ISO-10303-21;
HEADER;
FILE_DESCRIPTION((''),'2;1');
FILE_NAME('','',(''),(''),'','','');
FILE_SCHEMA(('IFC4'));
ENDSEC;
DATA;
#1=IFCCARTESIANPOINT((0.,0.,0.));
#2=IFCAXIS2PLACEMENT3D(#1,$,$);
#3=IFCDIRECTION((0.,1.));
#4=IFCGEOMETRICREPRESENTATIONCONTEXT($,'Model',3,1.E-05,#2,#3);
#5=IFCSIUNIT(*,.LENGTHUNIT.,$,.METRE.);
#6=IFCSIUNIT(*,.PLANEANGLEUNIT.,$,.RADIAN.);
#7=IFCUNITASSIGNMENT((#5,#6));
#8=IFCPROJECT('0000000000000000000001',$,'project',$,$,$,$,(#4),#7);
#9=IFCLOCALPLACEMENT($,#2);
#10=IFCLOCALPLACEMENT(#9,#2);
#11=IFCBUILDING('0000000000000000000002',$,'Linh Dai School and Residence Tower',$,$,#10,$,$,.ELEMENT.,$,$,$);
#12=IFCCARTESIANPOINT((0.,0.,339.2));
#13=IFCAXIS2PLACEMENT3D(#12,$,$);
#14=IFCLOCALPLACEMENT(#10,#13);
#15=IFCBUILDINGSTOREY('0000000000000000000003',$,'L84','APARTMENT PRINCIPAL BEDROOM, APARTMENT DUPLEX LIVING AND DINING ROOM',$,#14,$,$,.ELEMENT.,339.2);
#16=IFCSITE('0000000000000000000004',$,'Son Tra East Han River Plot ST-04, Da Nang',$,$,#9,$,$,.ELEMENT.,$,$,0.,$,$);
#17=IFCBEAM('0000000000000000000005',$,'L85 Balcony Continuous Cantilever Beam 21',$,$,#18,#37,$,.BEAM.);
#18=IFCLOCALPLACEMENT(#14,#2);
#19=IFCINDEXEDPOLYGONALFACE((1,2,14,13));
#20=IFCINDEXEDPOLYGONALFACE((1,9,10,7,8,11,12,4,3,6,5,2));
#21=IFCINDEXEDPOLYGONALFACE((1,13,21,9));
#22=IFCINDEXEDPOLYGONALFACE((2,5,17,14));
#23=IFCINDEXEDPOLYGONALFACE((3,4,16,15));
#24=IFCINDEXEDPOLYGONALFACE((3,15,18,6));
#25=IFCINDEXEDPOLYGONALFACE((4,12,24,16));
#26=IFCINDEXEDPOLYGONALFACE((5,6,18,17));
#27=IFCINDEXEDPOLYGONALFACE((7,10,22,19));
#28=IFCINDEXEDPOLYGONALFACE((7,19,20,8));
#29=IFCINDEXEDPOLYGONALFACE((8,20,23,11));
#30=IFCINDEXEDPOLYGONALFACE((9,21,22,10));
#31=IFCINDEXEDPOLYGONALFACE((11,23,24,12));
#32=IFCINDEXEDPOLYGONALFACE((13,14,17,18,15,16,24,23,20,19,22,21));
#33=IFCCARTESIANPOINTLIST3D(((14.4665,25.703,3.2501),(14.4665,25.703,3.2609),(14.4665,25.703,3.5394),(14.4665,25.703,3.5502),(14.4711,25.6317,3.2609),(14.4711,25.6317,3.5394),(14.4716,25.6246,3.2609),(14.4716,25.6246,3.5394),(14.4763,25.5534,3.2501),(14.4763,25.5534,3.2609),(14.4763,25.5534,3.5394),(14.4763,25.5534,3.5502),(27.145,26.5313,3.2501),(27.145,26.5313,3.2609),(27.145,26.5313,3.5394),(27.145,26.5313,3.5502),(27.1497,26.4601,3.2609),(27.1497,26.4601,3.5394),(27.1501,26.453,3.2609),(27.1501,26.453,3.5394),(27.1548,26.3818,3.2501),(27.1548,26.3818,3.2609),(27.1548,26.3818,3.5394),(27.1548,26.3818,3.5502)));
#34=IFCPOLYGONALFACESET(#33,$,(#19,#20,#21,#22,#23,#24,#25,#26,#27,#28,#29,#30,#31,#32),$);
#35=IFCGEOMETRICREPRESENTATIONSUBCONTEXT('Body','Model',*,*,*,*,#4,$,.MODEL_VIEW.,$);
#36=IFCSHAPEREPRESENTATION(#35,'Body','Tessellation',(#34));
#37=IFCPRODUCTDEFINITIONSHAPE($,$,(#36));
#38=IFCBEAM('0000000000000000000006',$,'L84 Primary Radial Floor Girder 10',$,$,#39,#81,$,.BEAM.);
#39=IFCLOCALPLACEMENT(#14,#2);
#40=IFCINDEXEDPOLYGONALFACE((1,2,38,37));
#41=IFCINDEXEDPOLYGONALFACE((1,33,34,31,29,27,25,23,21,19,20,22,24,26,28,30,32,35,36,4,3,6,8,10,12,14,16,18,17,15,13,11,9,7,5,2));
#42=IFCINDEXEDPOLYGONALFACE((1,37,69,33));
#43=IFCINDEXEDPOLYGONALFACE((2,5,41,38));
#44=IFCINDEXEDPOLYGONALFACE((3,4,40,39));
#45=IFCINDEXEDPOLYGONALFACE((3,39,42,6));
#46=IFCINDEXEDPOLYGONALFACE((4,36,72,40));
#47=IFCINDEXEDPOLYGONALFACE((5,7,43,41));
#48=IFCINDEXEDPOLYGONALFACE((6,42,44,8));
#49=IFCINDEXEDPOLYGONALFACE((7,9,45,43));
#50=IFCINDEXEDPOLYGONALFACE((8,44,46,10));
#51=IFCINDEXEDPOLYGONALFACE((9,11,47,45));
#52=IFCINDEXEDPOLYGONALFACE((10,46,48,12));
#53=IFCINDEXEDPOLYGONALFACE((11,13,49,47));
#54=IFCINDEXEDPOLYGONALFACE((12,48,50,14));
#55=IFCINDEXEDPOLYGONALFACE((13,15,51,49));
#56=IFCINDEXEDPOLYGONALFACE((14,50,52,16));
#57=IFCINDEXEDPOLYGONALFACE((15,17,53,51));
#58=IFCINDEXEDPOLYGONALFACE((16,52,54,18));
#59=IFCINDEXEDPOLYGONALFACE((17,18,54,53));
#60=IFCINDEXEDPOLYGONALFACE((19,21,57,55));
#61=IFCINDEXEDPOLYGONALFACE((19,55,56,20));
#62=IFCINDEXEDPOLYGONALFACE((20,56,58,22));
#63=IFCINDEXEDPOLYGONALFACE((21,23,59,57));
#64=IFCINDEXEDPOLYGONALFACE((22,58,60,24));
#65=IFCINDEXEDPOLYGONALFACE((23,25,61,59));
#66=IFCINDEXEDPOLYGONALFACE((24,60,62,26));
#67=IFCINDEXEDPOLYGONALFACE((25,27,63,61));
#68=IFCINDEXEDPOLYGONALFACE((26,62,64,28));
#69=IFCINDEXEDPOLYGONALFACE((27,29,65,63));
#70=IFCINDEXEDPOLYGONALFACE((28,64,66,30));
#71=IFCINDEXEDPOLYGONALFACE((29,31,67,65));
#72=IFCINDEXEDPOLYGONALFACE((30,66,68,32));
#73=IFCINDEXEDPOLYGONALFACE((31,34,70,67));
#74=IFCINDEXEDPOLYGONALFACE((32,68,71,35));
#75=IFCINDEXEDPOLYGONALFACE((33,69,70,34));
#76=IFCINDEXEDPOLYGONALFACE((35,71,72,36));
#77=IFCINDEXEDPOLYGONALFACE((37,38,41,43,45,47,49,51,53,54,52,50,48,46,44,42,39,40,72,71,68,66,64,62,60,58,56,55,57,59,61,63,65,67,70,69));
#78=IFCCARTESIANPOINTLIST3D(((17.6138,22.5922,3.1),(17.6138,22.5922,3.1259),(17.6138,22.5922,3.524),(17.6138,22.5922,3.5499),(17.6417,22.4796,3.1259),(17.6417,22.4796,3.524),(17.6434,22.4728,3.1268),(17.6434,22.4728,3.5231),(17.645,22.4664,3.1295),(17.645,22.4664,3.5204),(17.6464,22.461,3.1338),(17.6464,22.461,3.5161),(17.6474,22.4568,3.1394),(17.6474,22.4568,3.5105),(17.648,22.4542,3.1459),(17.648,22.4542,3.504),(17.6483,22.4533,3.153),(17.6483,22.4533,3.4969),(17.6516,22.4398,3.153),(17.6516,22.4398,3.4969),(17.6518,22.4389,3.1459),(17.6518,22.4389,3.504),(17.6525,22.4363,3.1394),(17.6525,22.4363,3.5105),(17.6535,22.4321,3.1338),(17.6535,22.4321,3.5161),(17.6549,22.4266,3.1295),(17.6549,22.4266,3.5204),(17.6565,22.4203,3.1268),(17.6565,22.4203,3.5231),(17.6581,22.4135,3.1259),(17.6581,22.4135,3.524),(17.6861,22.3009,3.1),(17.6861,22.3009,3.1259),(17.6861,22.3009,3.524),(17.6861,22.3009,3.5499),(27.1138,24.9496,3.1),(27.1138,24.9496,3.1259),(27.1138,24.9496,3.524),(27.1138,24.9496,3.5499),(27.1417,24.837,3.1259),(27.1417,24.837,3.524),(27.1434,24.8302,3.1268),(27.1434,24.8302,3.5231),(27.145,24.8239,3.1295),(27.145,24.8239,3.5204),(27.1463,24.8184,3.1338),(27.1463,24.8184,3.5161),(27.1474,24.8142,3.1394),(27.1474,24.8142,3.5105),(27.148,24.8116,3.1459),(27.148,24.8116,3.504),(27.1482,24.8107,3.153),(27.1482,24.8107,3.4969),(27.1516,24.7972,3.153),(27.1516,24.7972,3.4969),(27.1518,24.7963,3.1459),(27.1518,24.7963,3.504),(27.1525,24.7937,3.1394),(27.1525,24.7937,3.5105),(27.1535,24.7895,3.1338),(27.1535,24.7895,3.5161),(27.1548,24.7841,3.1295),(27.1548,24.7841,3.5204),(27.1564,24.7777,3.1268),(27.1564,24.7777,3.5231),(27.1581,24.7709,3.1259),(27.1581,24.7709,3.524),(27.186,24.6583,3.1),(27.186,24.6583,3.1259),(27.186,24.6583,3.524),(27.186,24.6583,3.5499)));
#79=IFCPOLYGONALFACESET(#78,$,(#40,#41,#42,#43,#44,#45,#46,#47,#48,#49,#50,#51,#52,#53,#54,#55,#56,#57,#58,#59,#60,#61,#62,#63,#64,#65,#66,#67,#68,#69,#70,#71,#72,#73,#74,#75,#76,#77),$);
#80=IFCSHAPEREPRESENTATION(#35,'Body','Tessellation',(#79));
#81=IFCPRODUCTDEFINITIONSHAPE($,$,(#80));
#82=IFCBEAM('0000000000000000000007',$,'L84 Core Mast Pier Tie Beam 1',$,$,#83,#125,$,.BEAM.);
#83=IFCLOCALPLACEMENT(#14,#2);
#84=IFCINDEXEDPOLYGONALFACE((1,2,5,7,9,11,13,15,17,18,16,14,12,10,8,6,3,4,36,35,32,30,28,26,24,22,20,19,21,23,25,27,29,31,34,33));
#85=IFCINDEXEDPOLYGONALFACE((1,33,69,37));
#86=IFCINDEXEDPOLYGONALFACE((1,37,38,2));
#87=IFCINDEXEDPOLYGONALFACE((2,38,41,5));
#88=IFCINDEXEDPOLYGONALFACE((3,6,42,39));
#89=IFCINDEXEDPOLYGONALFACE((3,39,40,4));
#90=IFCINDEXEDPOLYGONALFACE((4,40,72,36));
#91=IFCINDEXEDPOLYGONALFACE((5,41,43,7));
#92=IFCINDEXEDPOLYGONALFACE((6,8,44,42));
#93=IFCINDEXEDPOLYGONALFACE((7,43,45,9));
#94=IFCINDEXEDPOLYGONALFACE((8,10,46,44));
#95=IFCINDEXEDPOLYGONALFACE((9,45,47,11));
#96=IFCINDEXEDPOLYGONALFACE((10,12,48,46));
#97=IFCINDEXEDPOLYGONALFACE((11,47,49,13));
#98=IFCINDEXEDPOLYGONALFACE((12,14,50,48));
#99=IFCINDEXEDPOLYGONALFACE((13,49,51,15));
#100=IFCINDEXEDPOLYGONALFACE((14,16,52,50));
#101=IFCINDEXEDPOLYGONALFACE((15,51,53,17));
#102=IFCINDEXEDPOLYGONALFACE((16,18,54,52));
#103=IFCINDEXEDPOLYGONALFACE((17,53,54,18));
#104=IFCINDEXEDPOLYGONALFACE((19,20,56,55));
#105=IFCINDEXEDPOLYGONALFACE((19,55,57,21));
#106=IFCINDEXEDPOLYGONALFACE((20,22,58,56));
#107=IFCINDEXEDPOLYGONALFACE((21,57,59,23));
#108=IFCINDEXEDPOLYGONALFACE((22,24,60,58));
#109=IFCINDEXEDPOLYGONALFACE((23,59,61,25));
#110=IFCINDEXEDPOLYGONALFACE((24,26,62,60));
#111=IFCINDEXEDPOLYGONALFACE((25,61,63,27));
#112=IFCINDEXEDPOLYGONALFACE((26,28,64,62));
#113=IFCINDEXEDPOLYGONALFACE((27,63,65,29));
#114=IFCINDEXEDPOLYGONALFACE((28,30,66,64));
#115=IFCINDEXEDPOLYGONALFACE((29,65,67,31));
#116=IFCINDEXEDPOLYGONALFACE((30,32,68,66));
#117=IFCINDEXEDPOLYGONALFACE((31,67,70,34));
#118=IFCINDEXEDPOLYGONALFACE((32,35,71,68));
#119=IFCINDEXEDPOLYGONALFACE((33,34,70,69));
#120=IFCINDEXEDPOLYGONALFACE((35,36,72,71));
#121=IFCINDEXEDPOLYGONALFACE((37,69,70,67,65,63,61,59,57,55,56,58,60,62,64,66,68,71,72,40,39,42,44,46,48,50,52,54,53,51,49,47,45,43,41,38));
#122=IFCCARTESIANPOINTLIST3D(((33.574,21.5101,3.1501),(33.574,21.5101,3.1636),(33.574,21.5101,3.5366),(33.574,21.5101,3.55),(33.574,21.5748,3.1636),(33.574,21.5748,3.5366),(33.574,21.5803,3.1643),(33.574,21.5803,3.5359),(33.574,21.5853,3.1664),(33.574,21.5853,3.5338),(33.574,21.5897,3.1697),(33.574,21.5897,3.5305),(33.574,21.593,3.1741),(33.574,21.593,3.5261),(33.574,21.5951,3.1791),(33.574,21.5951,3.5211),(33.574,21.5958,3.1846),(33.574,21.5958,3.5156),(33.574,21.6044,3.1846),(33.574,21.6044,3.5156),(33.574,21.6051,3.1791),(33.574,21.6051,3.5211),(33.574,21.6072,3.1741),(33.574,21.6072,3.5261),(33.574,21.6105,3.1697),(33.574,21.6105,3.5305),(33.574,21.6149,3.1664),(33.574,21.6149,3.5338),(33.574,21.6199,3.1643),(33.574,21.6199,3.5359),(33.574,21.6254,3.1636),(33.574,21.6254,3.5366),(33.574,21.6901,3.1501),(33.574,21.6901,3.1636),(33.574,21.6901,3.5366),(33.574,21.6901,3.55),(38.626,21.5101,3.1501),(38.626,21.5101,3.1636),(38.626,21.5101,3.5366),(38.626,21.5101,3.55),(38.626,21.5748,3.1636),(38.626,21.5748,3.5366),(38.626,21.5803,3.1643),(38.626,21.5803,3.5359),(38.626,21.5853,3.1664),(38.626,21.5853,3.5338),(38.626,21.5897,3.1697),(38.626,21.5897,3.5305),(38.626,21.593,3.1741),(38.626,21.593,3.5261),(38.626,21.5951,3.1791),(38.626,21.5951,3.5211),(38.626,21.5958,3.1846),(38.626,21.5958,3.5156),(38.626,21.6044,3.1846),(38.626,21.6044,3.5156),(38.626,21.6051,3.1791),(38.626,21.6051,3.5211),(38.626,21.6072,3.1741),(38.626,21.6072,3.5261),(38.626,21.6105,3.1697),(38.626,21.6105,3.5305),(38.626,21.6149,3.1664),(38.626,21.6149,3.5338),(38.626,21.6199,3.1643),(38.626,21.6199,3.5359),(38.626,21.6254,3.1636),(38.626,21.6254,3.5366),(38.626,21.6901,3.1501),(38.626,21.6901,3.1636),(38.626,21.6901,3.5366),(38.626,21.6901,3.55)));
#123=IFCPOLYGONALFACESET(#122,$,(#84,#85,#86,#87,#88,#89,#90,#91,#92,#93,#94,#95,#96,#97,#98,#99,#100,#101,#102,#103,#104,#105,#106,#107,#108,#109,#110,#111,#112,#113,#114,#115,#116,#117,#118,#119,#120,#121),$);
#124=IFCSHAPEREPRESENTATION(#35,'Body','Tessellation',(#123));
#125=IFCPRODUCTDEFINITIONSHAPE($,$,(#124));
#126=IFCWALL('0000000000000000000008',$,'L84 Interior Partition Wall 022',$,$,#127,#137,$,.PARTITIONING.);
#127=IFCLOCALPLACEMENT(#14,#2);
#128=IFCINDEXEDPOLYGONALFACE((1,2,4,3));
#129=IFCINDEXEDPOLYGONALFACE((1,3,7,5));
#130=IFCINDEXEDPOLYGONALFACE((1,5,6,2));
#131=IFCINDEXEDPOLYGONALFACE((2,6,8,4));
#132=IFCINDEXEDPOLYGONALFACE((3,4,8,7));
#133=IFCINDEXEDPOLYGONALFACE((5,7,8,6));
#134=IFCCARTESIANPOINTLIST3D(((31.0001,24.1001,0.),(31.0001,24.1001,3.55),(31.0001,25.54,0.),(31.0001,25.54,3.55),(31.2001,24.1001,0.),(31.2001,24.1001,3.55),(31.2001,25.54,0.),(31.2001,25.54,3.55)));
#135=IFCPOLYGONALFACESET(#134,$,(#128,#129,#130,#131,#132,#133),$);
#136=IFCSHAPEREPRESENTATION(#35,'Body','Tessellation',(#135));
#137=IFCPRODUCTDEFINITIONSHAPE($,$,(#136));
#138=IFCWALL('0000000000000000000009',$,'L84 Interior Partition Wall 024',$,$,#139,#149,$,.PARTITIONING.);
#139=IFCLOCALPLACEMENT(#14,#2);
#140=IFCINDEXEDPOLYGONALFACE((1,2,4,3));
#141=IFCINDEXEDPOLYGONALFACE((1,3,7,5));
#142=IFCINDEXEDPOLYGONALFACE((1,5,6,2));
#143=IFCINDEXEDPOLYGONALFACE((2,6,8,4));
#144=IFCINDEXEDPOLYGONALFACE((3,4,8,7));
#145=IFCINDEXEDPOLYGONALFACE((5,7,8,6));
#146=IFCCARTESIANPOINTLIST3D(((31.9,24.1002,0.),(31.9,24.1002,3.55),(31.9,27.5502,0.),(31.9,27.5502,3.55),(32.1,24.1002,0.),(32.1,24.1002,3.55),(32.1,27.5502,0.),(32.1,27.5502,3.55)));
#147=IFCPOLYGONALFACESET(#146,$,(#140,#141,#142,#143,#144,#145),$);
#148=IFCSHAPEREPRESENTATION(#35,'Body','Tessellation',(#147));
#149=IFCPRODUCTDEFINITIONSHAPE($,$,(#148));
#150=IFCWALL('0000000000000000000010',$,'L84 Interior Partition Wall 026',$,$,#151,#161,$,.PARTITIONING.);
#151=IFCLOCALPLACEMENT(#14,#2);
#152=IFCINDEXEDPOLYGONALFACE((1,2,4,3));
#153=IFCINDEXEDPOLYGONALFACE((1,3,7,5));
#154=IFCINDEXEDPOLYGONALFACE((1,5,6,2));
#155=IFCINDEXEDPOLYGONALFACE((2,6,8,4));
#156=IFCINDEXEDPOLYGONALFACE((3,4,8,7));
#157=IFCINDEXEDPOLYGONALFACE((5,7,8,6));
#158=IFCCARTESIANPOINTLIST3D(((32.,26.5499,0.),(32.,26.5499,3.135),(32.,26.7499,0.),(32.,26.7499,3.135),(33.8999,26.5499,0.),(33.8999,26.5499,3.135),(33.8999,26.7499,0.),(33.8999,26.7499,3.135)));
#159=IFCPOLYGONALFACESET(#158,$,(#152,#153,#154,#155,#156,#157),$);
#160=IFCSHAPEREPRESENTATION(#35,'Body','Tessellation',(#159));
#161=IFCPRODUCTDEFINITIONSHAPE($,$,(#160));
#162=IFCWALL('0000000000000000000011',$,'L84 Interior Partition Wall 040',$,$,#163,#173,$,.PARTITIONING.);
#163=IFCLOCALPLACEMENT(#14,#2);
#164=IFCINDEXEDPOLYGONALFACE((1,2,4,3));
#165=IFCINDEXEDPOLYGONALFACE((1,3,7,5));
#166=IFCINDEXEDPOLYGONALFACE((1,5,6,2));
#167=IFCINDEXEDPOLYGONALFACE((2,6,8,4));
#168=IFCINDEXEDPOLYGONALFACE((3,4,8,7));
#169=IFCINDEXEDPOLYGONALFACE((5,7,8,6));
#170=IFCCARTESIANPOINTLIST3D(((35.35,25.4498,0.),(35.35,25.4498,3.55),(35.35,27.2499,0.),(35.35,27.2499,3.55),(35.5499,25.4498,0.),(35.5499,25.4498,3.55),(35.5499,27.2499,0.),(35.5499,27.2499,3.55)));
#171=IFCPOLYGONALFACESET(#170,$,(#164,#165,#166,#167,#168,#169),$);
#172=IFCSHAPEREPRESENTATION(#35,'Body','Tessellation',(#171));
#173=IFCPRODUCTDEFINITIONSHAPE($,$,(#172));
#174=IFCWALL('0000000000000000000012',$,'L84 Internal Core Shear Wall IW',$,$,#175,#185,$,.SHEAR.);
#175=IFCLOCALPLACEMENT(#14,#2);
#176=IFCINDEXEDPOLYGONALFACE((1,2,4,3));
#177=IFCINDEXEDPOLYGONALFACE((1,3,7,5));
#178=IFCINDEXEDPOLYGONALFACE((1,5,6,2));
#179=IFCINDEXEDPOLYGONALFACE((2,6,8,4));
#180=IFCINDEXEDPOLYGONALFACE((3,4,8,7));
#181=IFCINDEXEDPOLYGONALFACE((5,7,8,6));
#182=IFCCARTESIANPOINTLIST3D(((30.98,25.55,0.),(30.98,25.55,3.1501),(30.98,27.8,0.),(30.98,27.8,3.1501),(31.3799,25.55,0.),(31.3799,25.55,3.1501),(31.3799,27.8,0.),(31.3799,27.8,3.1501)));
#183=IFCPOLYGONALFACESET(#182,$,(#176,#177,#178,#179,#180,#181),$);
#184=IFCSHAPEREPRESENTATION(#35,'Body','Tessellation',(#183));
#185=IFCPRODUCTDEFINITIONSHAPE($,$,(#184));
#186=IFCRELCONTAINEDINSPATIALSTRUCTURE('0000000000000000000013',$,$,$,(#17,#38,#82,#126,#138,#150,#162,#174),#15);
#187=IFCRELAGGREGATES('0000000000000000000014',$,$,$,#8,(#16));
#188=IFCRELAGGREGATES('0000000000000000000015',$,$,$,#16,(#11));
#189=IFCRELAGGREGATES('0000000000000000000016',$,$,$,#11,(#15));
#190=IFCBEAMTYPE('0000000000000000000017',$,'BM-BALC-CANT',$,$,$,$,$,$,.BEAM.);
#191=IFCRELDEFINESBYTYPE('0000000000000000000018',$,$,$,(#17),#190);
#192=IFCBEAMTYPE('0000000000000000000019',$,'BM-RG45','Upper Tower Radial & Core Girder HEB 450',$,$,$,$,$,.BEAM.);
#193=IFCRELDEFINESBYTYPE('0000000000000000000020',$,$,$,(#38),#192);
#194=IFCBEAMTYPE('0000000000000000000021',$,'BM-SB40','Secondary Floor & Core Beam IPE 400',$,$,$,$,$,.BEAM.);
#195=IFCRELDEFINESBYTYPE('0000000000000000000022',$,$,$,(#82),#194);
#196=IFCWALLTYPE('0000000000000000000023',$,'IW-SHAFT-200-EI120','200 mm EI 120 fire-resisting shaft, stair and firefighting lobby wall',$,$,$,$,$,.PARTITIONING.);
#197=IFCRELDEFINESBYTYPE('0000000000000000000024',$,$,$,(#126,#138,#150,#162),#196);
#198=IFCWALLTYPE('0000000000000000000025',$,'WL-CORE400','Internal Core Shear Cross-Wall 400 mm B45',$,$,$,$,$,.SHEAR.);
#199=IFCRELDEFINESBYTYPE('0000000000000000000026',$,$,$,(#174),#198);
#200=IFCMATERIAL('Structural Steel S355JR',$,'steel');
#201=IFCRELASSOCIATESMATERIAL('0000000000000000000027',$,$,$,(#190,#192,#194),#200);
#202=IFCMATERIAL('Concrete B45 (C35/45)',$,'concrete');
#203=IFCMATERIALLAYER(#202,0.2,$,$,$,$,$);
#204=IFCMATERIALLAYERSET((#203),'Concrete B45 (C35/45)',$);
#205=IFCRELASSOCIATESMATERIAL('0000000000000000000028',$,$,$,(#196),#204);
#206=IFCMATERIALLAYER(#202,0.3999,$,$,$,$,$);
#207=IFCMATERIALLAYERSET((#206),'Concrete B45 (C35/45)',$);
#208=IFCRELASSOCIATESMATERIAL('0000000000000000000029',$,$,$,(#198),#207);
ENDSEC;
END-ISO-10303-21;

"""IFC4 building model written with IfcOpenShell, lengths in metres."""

from ifc_helpers import new_model, si_unit, direction, frame, frame_2d, origin, origin_2d, place, context, subcontext, project, spatial, rectangle, i_section, extrude, material, layer, layer_set, material_profile, profile_set, type_object, element, save


model = new_model("IFC4")

# Units and contexts
model_context = context("Model", 3, precision=1e-05, world=origin(), true_north=direction((0.0, 1.0)))
body_context = subcontext(model_context, "Body", "Model", "MODEL_VIEW")
ifc_project = project(units=[si_unit("LENGTHUNIT", "METRE"), si_unit("PLANEANGLEUNIT", "RADIAN")], contexts=[model_context])

# Site, building, storey
site_placement = place(None, origin())
site = spatial("IfcSite", under=ifc_project, at=site_placement, Name="Son Tra East Han River Plot ST-04, Da Nang", CompositionType="ELEMENT", RefElevation=0.0)
building_placement = place(site_placement, origin())
building = spatial("IfcBuilding", under=site, at=building_placement, Name="Linh Dai School and Residence Tower", CompositionType="ELEMENT")
storey_placement = place(building_placement, frame((0.0, 0.0, 339.2)))
storey = spatial("IfcBuildingStorey", under=building, at=storey_placement, Name="L84", Description="APARTMENT PRINCIPAL BEDROOM, APARTMENT DUPLEX LIVING AND DINING ROOM", CompositionType="ELEMENT", Elevation=339.2)

# Beams
ifc_material_1 = material(Name="Structural Steel S355JR", Category="steel")
ifc_material_profile_1 = material_profile(ifc_material_1, i_section(OverallWidth=0.1499, OverallDepth=0.3, WebThickness=0.0071, FlangeThickness=0.0107, at=origin_2d()), Name="IPE 300")
ifc_profile_set_1 = profile_set([ifc_material_profile_1], Name="Structural Steel S355JR")
beam_type_1 = type_object("IfcBeamType", Name="BM-BALC-CANT", PredefinedType="BEAM", material=ifc_profile_set_1)
beam_1_placement = place(storey_placement, frame((27.1499, 26.4565, 3.4001), z_axis=(-0.997872, -0.065198, 0.0), x_axis=(0.065198, -0.997872, 0.0)))
element("IfcBeam", 1, at=beam_1_placement, inside=storey, type_object=beam_type_1, Name="L85 Balcony Continuous Cantilever Beam 21", PredefinedType="BEAM", context=body_context, shape_type="SweptSolid", body=[
    extrude(i_section(OverallWidth=0.1499, OverallDepth=0.3, WebThickness=0.0071, FlangeThickness=0.0107, at=origin_2d()), origin(), (0.0, 0.0, 1.0), 12.7056),
])
ifc_material_profile_2 = material_profile(ifc_material_1, i_section(OverallWidth=0.3, OverallDepth=0.45, WebThickness=0.0139, FlangeThickness=0.0259, FilletRadius=0.0271, at=origin_2d()), Name="HEB 450")
ifc_profile_set_2 = profile_set([ifc_material_profile_2], Name="Structural Steel S355JR")
beam_type_2 = type_object("IfcBeamType", Name="BM-RG45", Description="Upper Tower Radial & Core Girder HEB 450", PredefinedType="BEAM", material=ifc_profile_set_2)
beam_2_placement = place(storey_placement, frame((27.1499, 24.804, 3.325), z_axis=(-0.970564, -0.240845, 0.0), x_axis=(0.240845, -0.970564, 0.0)))
element("IfcBeam", 2, at=beam_2_placement, inside=storey, type_object=beam_type_2, Name="L84 Primary Radial Floor Girder 10", PredefinedType="BEAM", context=body_context, shape_type="SweptSolid", body=[
    extrude(i_section(OverallWidth=0.3, OverallDepth=0.45, WebThickness=0.0139, FlangeThickness=0.0259, FilletRadius=0.0271, at=origin_2d()), origin(), (0.0, 0.0, 1.0), 9.7881),
])
ifc_material_profile_3 = material_profile(ifc_material_1, i_section(OverallWidth=0.1799, OverallDepth=0.3999, WebThickness=0.0085, FlangeThickness=0.0134, FilletRadius=0.021, at=origin_2d()), Name="IPE 400")
ifc_profile_set_3 = profile_set([ifc_material_profile_3], Name="Structural Steel S355JR")
beam_type_3 = type_object("IfcBeamType", Name="BM-SB40", Description="Secondary Floor & Core Beam IPE 400", PredefinedType="BEAM", material=ifc_profile_set_3)
beam_3_placement = place(storey_placement, frame((33.574, 21.6001, 3.3501), z_axis=(1.0, 0.0, 0.0), x_axis=(0.0, 1.0, 0.0)))
element("IfcBeam", 3, at=beam_3_placement, inside=storey, type_object=beam_type_3, Name="L84 Core Mast Pier Tie Beam 1", PredefinedType="BEAM", context=body_context, shape_type="SweptSolid", body=[
    extrude(i_section(OverallWidth=0.1799, OverallDepth=0.3999, WebThickness=0.0085, FlangeThickness=0.0134, FilletRadius=0.021, at=origin_2d()), origin(), (0.0, 0.0, 1.0), 5.052),
])

# Shared definitions
ifc_material_2 = material(Name="Concrete B45 (C35/45)", Category="concrete")
ifc_layer_1 = layer(ifc_material_2, 0.2)
ifc_layer_set_1 = layer_set([ifc_layer_1], Name="Concrete B45 (C35/45)")
wall_type_1 = type_object("IfcWallType", Name="IW-SHAFT-200-EI120", Description="200 mm EI 120 fire-resisting shaft, stair and firefighting lobby wall", PredefinedType="PARTITIONING", material=ifc_layer_set_1)

# Walls
wall_1_placement = place(storey_placement, frame((31.1001, 24.1001, 0.0), z_axis=(0.0, 0.0, 1.0), x_axis=(0.0, 1.0, 0.0)))
element("IfcWall", 4, at=wall_1_placement, inside=storey, type_object=wall_type_1, Name="L84 Interior Partition Wall 022", PredefinedType="PARTITIONING", context=body_context, shape_type="SweptSolid", body=[
    extrude(rectangle(XDim=1.4399, YDim=0.2, at=frame_2d((0.72, 0.0))), origin(), (0.0, 0.0, 1.0), 3.55),
])
wall_2_placement = place(storey_placement, frame((32.0, 24.1001, 0.0), z_axis=(0.0, 0.0, 1.0), x_axis=(0.0, 1.0, 0.0)))
element("IfcWall", 5, at=wall_2_placement, inside=storey, type_object=wall_type_1, Name="L84 Interior Partition Wall 024", PredefinedType="PARTITIONING", context=body_context, shape_type="SweptSolid", body=[
    extrude(rectangle(XDim=3.45, YDim=0.2, at=frame_2d((1.7251, 0.0))), origin(), (0.0, 0.0, 1.0), 3.55),
])

# Walls
wall_3_placement = place(storey_placement, frame((32.0, 26.6499, 0.0), z_axis=(0.0, 0.0, 1.0), x_axis=(1.0, 0.0, 0.0)))
element("IfcWall", 6, at=wall_3_placement, inside=storey, type_object=wall_type_1, Name="L84 Interior Partition Wall 026", PredefinedType="PARTITIONING", context=body_context, shape_type="SweptSolid", body=[
    extrude(rectangle(XDim=1.8999, YDim=0.2, at=frame_2d((0.95, 0.0))), origin(), (0.0, 0.0, 1.0), 3.135),
])
wall_4_placement = place(storey_placement, frame((35.45, 25.45, 0.0), z_axis=(0.0, 0.0, 1.0), x_axis=(0.0, 1.0, 0.0)))
element("IfcWall", 7, at=wall_4_placement, inside=storey, type_object=wall_type_1, Name="L84 Interior Partition Wall 040", PredefinedType="PARTITIONING", context=body_context, shape_type="SweptSolid", body=[
    extrude(rectangle(XDim=1.8, YDim=0.2, at=frame_2d((0.8999, 0.0))), origin(), (0.0, 0.0, 1.0), 3.55),
])

# Wall
ifc_layer_2 = layer(ifc_material_2, 0.3999)
ifc_layer_set_2 = layer_set([ifc_layer_2], Name="Concrete B45 (C35/45)")
wall_type_2 = type_object("IfcWallType", Name="WL-CORE400", Description="Internal Core Shear Cross-Wall 400 mm B45", PredefinedType="SHEAR", material=ifc_layer_set_2)
wall_5_placement = place(storey_placement, frame((31.1799, 25.55, 0.0), z_axis=(0.0, 0.0, 1.0), x_axis=(0.0, 1.0, 0.0)))
element("IfcWall", 8, at=wall_5_placement, inside=storey, type_object=wall_type_2, Name="L84 Internal Core Shear Wall IW", PredefinedType="SHEAR", context=body_context, shape_type="SweptSolid", body=[
    extrude(rectangle(XDim=2.25, YDim=0.3999, at=frame_2d((1.125, 0.0))), origin(), (0.0, 0.0, 1.0), 3.1501),
])

save(model, "model.ifc")
